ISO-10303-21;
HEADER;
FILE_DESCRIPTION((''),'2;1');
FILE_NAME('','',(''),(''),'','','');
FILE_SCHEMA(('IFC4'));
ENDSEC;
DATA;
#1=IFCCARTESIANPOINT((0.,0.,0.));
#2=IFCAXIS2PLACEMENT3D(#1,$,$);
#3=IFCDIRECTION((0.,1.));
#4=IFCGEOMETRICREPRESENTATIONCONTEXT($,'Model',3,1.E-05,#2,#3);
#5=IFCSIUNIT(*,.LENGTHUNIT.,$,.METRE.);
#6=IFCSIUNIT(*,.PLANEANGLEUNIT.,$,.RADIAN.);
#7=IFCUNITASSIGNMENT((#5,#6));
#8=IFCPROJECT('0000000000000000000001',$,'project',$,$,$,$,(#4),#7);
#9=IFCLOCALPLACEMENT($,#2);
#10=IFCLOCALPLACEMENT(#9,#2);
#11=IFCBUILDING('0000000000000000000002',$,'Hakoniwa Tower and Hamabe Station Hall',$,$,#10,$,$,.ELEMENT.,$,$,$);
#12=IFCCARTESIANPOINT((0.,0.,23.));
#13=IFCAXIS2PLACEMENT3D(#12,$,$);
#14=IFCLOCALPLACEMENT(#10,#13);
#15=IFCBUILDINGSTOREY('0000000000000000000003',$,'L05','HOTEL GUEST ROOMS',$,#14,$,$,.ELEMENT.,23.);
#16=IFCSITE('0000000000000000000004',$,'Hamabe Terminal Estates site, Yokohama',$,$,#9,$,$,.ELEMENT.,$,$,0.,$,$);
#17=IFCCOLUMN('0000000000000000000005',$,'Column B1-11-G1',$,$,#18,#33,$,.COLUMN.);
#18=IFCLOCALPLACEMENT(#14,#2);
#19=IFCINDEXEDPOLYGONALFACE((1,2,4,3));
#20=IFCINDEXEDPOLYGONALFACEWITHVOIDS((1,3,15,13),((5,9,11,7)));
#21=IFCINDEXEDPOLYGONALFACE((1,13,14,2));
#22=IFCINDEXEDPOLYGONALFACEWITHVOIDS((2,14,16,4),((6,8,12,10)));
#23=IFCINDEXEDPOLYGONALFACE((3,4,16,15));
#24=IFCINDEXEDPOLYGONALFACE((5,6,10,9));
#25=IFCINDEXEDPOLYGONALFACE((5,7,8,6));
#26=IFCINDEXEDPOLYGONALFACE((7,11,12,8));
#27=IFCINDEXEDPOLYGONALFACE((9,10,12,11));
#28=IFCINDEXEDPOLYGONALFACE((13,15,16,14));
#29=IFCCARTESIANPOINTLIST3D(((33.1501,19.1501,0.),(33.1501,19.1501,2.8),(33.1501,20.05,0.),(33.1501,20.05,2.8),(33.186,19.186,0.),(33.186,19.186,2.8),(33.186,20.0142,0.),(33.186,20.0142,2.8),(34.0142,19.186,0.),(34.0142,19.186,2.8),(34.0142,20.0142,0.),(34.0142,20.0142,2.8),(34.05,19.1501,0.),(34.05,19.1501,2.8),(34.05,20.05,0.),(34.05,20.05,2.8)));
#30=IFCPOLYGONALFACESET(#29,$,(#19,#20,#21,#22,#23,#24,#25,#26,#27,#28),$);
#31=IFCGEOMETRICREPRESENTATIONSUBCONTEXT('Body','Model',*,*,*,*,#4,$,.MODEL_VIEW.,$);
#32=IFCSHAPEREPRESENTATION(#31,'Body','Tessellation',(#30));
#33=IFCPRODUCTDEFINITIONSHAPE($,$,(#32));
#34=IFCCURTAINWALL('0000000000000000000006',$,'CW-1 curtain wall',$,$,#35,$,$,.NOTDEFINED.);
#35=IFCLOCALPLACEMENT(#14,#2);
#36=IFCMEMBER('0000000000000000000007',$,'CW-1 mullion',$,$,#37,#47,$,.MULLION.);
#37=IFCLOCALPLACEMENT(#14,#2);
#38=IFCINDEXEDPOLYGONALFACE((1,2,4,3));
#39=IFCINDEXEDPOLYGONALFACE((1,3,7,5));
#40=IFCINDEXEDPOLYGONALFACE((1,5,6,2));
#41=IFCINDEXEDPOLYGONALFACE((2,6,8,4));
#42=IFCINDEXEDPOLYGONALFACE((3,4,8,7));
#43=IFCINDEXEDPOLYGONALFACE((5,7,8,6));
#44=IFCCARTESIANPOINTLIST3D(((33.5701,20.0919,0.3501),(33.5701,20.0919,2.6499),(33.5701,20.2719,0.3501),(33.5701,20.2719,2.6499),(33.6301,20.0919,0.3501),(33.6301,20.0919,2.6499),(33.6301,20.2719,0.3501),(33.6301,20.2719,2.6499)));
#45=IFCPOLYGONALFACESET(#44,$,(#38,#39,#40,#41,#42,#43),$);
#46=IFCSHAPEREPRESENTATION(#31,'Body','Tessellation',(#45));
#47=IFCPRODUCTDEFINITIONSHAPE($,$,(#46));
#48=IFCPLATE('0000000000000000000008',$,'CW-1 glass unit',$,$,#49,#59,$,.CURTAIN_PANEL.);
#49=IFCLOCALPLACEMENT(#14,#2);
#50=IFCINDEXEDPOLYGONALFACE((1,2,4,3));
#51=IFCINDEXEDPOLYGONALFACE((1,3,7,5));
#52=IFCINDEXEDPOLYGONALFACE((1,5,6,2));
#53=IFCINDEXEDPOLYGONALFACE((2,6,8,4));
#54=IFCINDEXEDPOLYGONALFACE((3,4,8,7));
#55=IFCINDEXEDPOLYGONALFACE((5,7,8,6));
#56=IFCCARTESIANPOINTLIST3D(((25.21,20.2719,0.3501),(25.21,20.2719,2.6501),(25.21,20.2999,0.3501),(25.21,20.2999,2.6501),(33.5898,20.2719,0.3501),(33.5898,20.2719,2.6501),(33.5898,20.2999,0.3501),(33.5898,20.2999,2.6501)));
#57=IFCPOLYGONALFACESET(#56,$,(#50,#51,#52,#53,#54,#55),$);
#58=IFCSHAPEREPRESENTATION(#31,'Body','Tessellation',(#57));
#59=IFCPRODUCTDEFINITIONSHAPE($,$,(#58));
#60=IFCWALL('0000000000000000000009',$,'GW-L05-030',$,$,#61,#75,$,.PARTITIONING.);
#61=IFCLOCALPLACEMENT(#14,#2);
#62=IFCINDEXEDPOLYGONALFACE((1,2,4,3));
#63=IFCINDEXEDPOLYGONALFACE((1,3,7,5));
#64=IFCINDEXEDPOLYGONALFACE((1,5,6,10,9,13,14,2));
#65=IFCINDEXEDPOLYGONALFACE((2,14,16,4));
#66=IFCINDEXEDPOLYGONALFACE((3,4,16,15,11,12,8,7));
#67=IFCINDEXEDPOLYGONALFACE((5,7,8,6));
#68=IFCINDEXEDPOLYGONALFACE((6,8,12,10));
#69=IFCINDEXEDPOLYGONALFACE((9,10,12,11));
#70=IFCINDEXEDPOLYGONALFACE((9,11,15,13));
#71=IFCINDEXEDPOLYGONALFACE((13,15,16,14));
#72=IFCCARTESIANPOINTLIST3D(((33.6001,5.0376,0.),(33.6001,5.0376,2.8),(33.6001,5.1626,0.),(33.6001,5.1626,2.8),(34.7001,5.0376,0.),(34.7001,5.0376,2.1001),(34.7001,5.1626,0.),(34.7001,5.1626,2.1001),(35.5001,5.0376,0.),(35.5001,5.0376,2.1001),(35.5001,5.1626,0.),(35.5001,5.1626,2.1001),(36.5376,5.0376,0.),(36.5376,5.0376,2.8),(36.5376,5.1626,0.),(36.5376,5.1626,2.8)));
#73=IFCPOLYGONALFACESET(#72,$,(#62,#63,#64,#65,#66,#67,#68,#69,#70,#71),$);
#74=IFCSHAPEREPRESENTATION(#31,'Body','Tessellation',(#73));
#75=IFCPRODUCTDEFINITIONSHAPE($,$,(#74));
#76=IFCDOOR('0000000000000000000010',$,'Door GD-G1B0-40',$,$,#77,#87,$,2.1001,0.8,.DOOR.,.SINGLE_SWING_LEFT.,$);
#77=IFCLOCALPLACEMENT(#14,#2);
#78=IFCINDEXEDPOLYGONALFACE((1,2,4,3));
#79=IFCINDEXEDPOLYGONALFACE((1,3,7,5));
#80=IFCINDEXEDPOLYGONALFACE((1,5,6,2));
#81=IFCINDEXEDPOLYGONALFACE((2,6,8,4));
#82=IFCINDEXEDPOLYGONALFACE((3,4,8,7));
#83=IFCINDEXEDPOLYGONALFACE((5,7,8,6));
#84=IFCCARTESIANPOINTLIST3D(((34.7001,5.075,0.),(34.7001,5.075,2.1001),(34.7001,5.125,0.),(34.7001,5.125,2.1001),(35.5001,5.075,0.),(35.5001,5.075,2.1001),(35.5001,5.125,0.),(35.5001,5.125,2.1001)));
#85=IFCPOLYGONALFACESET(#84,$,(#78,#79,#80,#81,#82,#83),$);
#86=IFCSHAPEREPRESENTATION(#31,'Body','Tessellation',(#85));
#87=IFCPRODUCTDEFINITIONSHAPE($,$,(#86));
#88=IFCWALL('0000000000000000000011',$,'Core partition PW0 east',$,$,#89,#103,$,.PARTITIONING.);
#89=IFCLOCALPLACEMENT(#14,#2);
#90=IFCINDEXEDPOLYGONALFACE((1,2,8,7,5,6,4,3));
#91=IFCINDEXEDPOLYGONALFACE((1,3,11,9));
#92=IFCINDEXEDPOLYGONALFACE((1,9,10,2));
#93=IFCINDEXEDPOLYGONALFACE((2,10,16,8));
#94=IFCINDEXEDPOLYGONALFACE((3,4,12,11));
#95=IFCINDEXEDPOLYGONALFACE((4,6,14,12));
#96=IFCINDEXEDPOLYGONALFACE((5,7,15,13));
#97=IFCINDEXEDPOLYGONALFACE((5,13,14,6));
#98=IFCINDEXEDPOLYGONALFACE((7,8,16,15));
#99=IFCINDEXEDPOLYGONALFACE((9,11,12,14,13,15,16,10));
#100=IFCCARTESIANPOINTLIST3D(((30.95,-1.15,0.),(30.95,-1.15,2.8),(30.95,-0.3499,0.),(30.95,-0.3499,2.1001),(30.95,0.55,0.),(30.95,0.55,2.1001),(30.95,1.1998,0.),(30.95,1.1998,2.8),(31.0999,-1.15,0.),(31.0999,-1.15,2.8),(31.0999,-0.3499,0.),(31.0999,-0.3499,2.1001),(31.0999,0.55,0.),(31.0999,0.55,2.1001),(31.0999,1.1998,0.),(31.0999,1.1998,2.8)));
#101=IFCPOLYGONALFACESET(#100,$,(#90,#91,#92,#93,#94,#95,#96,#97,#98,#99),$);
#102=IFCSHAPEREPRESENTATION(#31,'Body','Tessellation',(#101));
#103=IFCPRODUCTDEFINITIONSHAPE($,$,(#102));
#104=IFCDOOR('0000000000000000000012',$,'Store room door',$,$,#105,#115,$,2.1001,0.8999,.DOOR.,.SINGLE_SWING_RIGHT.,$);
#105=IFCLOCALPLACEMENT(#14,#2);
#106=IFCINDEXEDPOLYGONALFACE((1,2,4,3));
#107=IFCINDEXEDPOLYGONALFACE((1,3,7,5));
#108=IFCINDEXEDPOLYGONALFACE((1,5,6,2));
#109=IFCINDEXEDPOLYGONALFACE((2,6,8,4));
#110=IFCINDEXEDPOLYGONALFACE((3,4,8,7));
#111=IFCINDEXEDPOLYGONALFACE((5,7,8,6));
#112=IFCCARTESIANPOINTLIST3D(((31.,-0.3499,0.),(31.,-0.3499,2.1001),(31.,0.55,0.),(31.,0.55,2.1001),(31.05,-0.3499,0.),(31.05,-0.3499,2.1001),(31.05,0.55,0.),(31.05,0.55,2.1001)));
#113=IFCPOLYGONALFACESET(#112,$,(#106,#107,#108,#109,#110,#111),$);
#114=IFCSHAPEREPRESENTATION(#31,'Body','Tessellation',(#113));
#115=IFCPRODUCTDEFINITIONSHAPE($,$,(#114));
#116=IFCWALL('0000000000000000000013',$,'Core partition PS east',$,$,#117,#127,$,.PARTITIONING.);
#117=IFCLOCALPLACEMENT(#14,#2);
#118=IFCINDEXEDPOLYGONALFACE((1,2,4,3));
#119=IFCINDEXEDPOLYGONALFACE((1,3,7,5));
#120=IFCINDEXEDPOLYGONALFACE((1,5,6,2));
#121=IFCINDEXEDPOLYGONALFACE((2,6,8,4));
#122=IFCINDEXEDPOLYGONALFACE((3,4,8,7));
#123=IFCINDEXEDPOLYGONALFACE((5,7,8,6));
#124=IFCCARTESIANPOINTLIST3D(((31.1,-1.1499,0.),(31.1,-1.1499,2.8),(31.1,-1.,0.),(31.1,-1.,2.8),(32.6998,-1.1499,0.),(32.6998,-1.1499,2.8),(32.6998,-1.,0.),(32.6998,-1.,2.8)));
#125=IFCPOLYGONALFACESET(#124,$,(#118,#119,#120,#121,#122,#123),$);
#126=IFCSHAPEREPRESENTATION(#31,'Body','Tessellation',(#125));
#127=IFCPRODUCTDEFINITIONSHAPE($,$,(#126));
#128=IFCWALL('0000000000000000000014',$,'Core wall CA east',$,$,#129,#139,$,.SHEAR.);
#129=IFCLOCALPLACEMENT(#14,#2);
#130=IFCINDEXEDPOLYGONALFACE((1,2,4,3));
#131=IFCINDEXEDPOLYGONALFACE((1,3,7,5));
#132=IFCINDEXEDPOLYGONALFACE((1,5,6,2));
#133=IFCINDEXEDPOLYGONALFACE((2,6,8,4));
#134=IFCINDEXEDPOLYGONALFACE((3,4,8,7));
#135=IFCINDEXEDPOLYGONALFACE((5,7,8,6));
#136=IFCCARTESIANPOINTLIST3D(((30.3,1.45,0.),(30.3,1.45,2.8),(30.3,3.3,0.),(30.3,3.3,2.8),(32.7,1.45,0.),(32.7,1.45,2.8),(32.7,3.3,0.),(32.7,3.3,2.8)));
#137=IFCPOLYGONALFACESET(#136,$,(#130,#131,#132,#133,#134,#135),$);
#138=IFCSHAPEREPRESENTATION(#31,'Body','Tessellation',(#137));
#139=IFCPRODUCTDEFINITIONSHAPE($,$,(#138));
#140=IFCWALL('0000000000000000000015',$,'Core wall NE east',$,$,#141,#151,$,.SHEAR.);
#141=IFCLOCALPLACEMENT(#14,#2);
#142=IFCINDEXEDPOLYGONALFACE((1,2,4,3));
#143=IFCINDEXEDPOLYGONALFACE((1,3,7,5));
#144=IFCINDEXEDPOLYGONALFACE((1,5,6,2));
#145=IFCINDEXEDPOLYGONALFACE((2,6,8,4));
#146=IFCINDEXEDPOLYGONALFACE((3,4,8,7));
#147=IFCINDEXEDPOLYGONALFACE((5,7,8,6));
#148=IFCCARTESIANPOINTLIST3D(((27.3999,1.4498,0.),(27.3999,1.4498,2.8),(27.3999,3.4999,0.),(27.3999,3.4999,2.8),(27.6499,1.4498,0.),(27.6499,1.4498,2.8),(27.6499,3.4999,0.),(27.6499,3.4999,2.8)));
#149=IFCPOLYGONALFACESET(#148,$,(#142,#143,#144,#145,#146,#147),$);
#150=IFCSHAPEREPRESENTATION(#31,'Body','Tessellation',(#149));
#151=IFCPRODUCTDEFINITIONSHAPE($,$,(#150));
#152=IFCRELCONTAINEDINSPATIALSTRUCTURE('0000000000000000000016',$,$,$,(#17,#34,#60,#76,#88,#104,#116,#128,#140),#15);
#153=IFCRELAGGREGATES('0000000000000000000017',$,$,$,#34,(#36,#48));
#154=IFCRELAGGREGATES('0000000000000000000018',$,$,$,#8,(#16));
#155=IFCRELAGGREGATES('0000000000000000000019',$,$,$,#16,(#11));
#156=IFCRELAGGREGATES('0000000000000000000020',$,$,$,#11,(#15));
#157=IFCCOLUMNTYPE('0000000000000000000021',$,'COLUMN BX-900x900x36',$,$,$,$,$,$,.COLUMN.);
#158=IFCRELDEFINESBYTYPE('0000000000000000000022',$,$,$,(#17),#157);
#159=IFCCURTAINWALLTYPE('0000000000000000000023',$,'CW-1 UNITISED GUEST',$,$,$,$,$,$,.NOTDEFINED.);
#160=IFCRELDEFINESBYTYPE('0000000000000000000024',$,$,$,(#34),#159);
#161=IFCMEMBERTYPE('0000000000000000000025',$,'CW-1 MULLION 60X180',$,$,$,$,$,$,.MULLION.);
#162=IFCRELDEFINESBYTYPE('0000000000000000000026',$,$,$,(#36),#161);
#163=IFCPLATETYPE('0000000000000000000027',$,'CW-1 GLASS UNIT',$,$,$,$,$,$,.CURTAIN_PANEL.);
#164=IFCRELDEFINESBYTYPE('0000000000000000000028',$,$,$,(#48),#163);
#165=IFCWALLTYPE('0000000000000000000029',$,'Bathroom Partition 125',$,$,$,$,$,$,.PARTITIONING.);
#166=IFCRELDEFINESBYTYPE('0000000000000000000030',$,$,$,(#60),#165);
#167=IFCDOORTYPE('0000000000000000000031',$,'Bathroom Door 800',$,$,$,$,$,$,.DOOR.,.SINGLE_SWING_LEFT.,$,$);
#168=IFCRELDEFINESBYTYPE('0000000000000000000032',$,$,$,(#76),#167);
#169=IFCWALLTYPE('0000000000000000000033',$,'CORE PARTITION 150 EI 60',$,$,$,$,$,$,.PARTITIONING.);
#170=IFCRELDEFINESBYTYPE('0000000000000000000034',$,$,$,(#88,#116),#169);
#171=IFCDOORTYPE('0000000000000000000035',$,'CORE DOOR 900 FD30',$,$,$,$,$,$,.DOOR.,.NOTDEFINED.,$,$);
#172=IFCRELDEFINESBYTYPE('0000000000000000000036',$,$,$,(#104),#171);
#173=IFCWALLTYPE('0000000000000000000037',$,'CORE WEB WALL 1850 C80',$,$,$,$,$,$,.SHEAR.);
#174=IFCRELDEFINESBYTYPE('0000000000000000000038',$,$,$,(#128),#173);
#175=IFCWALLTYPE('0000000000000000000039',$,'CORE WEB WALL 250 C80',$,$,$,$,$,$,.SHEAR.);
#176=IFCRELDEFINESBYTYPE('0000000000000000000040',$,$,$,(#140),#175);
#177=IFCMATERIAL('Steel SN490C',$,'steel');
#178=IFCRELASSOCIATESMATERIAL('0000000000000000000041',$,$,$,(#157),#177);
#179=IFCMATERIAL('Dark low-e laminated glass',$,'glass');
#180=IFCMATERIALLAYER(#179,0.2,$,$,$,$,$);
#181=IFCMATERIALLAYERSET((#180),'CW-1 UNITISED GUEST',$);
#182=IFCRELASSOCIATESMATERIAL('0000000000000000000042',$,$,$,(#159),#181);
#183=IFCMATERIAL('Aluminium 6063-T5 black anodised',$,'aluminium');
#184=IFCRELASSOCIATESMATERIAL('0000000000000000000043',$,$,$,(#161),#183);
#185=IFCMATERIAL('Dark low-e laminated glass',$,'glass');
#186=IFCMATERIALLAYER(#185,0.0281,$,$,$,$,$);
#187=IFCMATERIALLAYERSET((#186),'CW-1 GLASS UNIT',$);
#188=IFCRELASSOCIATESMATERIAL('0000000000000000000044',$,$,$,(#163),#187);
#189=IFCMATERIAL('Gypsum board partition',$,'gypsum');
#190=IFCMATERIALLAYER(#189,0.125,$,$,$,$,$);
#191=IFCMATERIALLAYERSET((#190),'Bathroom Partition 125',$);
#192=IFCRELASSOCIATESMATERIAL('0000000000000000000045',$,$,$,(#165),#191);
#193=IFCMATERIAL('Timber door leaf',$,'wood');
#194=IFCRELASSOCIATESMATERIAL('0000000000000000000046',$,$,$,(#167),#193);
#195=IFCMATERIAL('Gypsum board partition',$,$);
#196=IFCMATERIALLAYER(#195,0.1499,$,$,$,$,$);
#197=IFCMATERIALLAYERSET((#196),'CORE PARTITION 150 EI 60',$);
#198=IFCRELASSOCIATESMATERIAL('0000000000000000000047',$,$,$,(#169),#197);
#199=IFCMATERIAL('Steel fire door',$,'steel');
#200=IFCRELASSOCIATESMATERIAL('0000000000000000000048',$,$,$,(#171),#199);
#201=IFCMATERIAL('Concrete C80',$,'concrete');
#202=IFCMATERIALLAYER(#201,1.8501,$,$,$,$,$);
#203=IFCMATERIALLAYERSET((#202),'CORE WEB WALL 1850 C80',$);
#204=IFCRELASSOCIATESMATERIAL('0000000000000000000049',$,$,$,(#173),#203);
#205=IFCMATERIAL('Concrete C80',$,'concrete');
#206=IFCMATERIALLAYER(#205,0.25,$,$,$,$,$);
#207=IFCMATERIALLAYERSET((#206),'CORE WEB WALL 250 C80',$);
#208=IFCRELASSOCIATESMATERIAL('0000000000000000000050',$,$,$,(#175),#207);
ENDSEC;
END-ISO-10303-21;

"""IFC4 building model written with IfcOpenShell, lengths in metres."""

from ifc_helpers import new_model, si_unit, direction, frame, frame_2d, origin, origin_2d, place, context, subcontext, project, spatial, rectangle, hollow_rectangle, extrude, material, layer, layer_set, material_profile, profile_set, type_object, element, fill, aggregate, save


model = new_model("IFC4")

# Units and contexts
model_context = context("Model", 3, precision=1e-05, world=origin(), true_north=direction((0.0, 1.0)))
body_context = subcontext(model_context, "Body", "Model", "MODEL_VIEW")
ifc_project = project(units=[si_unit("LENGTHUNIT", "METRE"), si_unit("PLANEANGLEUNIT", "RADIAN")], contexts=[model_context])

# Site, building, storey
site_placement = place(None, origin())
site = spatial("IfcSite", under=ifc_project, at=site_placement, Name="Hamabe Terminal Estates site, Yokohama", CompositionType="ELEMENT", RefElevation=0.0)
building_placement = place(site_placement, origin())
building = spatial("IfcBuilding", under=site, at=building_placement, Name="Hakoniwa Tower and Hamabe Station Hall", CompositionType="ELEMENT")
storey_placement = place(building_placement, frame((0.0, 0.0, 23.0)))
storey = spatial("IfcBuildingStorey", under=building, at=storey_placement, Name="L05", Description="HOTEL GUEST ROOMS", CompositionType="ELEMENT", Elevation=23.0)

# Column
ifc_material_1 = material(Name="Steel SN490C", Category="steel")
ifc_material_profile_1 = material_profile(ifc_material_1, hollow_rectangle(XDim=0.8999, YDim=0.8999, WallThickness=0.0359, at=origin_2d()), Name="BX-900x900x36")
ifc_profile_set_1 = profile_set([ifc_material_profile_1], Name="Steel SN490C")
column_type = type_object("IfcColumnType", Name="COLUMN BX-900x900x36", PredefinedType="COLUMN", material=ifc_profile_set_1)
column_placement = place(storey_placement, frame((33.6001, 19.6001, 0.0), z_axis=(0.0, 0.0, 1.0), x_axis=(1.0, 0.0, 0.0)))
element("IfcColumn", 1, at=column_placement, inside=storey, type_object=column_type, Name="Column B1-11-G1", PredefinedType="COLUMN", context=body_context, shape_type="SweptSolid", body=[
    extrude(hollow_rectangle(XDim=0.8999, YDim=0.8999, WallThickness=0.0359, at=origin_2d()), origin(), (0.0, 0.0, 1.0), 2.8),
])

# Curtain wall, member, plate
ifc_material_2 = material(Name="Dark low-e laminated glass", Category="glass")
ifc_layer_1 = layer(ifc_material_2, 0.2)
ifc_layer_set_1 = layer_set([ifc_layer_1], Name="CW-1 UNITISED GUEST")
curtain_wall_type = type_object("IfcCurtainWallType", Name="CW-1 UNITISED GUEST", PredefinedType="NOTDEFINED", material=ifc_layer_set_1)
curtain_wall_placement = place(storey_placement, origin())
curtain_wall = element("IfcCurtainWall", 2, at=curtain_wall_placement, inside=storey, type_object=curtain_wall_type, Name="CW-1 curtain wall", PredefinedType="NOTDEFINED")
ifc_material_3 = material(Name="Aluminium 6063-T5 black anodised", Category="aluminium")
ifc_material_profile_2 = material_profile(ifc_material_3, rectangle(XDim=0.0601, YDim=0.1799, at=origin_2d()), Name="CW-1 MULLION 60X180")
ifc_profile_set_2 = profile_set([ifc_material_profile_2], Name="Aluminium 6063-T5 black anodised")
member_type = type_object("IfcMemberType", Name="CW-1 MULLION 60X180", PredefinedType="MULLION", material=ifc_profile_set_2)
member_placement = place(storey_placement, frame((33.6001, 20.1819, 0.3501), z_axis=(0.0, 0.0, 1.0), x_axis=(-1.0, 0.0, 0.0)))
member = element("IfcMember", 3, at=member_placement, type_object=member_type, Name="CW-1 mullion", PredefinedType="MULLION", context=body_context, shape_type="SweptSolid", body=[
    extrude(rectangle(XDim=0.0601, YDim=0.1799, at=origin_2d()), origin(), (0.0, 0.0, 1.0), 2.2998),
])
ifc_material_4 = material(Name="Dark low-e laminated glass", Category="glass")
ifc_layer_2 = layer(ifc_material_4, 0.0281)
ifc_layer_set_2 = layer_set([ifc_layer_2], Name="CW-1 GLASS UNIT")
plate_type = type_object("IfcPlateType", Name="CW-1 GLASS UNIT", PredefinedType="CURTAIN_PANEL", material=ifc_layer_set_2)
plate_placement = place(storey_placement, frame((29.3999, 20.2859, 0.3501), z_axis=(0.0, 0.0, 1.0), x_axis=(-1.0, 0.0, 0.0)))
plate = element("IfcPlate", 4, at=plate_placement, type_object=plate_type, Name="CW-1 glass unit", PredefinedType="CURTAIN_PANEL", context=body_context, shape_type="SweptSolid", body=[
    extrude(rectangle(XDim=8.3799, YDim=0.0281, at=origin_2d()), origin(), (0.0, 0.0, 1.0), 2.3),
])
aggregate(curtain_wall, [member, plate])

# Walls, openings, doors
ifc_material_5 = material(Name="Gypsum board partition", Category="gypsum")
ifc_layer_3 = layer(ifc_material_5, 0.125)
ifc_layer_set_3 = layer_set([ifc_layer_3], Name="Bathroom Partition 125")
wall_type_1 = type_object("IfcWallType", Name="Bathroom Partition 125", PredefinedType="PARTITIONING", material=ifc_layer_set_3)
wall_1_placement = place(storey_placement, frame((33.6001, 5.1001, 0.0), z_axis=(0.0, 0.0, 1.0), x_axis=(1.0, 0.0, 0.0)))
wall_1 = element("IfcWall", 5, at=wall_1_placement, inside=storey, type_object=wall_type_1, Name="GW-L05-030", PredefinedType="PARTITIONING", context=body_context, shape_type="SweptSolid", body=[
    extrude(rectangle(XDim=2.9375, YDim=0.125, at=frame_2d((1.4688, 0.0))), origin(), (0.0, 0.0, 1.0), 2.8),
])
opening_1_placement = place(wall_1_placement, frame((1.1001, 0.0, 0.0)))
opening_1 = element("IfcOpeningElement", 6, at=opening_1_placement, cuts=wall_1, PredefinedType="OPENING", context=body_context, shape_type="SweptSolid", body=[
    extrude(rectangle(XDim=0.8, YDim=2.1001, at=frame_2d((0.3999, 1.05))), frame((0.0, 0.0725, 0.0), z_axis=(0.0, -1.0, 0.0), x_axis=(1.0, 0.0, 0.0)), (0.0, 0.0, 1.0), 0.145),
])
ifc_material_6 = material(Name="Timber door leaf", Category="wood")
door_type_1 = type_object("IfcDoorType", Name="Bathroom Door 800", OperationType="SINGLE_SWING_LEFT", PredefinedType="DOOR", material=ifc_material_6)
door_1_placement = place(opening_1_placement, origin())
door_1 = element("IfcDoor", 7, at=door_1_placement, inside=storey, type_object=door_type_1, Name="Door GD-G1B0-40", OperationType="SINGLE_SWING_LEFT", OverallHeight=2.1001, OverallWidth=0.8, PredefinedType="DOOR", context=body_context, shape_type="SweptSolid", body=[
    extrude(rectangle(XDim=0.8, YDim=2.1001, at=frame_2d((0.3999, 1.05))), frame((0.0, 0.0249, 0.0), z_axis=(0.0, -1.0, 0.0), x_axis=(1.0, 0.0, 0.0)), (0.0, 0.0, 1.0), 0.05),
])
fill(opening_1, door_1)
ifc_material_7 = material(Name="Gypsum board partition")
ifc_layer_4 = layer(ifc_material_7, 0.1499)
ifc_layer_set_4 = layer_set([ifc_layer_4], Name="CORE PARTITION 150 EI 60")
wall_type_2 = type_object("IfcWallType", Name="CORE PARTITION 150 EI 60", PredefinedType="PARTITIONING", material=ifc_layer_set_4)
wall_2_placement = place(storey_placement, frame((31.0249, -1.1499, 0.0), z_axis=(0.0, 0.0, 1.0), x_axis=(0.0, 1.0, 0.0)))
wall_2 = element("IfcWall", 8, at=wall_2_placement, inside=storey, type_object=wall_type_2, Name="Core partition PW0 east", PredefinedType="PARTITIONING", context=body_context, shape_type="SweptSolid", body=[
    extrude(rectangle(XDim=2.3499, YDim=0.1499, at=frame_2d((1.1748, 0.0))), origin(), (0.0, 0.0, 1.0), 2.8),
])
opening_2_placement = place(wall_2_placement, frame((0.8, 0.0, 0.0)))
opening_2 = element("IfcOpeningElement", 9, at=opening_2_placement, cuts=wall_2, PredefinedType="OPENING", context=body_context, shape_type="SweptSolid", body=[
    extrude(rectangle(XDim=0.8999, YDim=2.1001, at=frame_2d((0.45, 1.05))), frame((0.0, 0.085, 0.0), z_axis=(0.0, -1.0, 0.0), x_axis=(1.0, 0.0, 0.0)), (0.0, 0.0, 1.0), 0.1699),
])
ifc_material_8 = material(Name="Steel fire door", Category="steel")
door_type_2 = type_object("IfcDoorType", Name="CORE DOOR 900 FD30", OperationType="NOTDEFINED", PredefinedType="DOOR", material=ifc_material_8)
door_2_placement = place(opening_2_placement, origin())
door_2 = element("IfcDoor", 10, at=door_2_placement, inside=storey, type_object=door_type_2, Name="Store room door", OperationType="SINGLE_SWING_RIGHT", OverallHeight=2.1001, OverallWidth=0.8999, PredefinedType="DOOR", context=body_context, shape_type="SweptSolid", body=[
    extrude(rectangle(XDim=0.8999, YDim=2.1001, at=frame_2d((0.45, 1.05))), frame((0.0, 0.0249, 0.0), z_axis=(0.0, -1.0, 0.0), x_axis=(1.0, 0.0, 0.0)), (0.0, 0.0, 1.0), 0.05),
])
fill(opening_2, door_2)

# Walls
wall_3_placement = place(storey_placement, frame((31.1001, -1.075, 0.0), z_axis=(0.0, 0.0, 1.0), x_axis=(1.0, 0.0, 0.0)))
element("IfcWall", 11, at=wall_3_placement, inside=storey, type_object=wall_type_2, Name="Core partition PS east", PredefinedType="PARTITIONING", context=body_context, shape_type="SweptSolid", body=[
    extrude(rectangle(XDim=1.5999, YDim=0.1499, at=frame_2d((0.7998, 0.0))), origin(), (0.0, 0.0, 1.0), 2.8),
])
ifc_material_9 = material(Name="Concrete C80", Category="concrete")
ifc_layer_5 = layer(ifc_material_9, 1.8501)
ifc_layer_set_5 = layer_set([ifc_layer_5], Name="CORE WEB WALL 1850 C80")
wall_type_3 = type_object("IfcWallType", Name="CORE WEB WALL 1850 C80", PredefinedType="SHEAR", material=ifc_layer_set_5)
wall_4_placement = place(storey_placement, frame((30.3, 2.375, 0.0), z_axis=(0.0, 0.0, 1.0), x_axis=(1.0, 0.0, 0.0)))
element("IfcWall", 12, at=wall_4_placement, inside=storey, type_object=wall_type_3, Name="Core wall CA east", PredefinedType="SHEAR", context=body_context, shape_type="SweptSolid", body=[
    extrude(rectangle(XDim=2.3999, YDim=1.8501, at=frame_2d((1.2, 0.0))), origin(), (0.0, 0.0, 1.0), 2.8),
])
ifc_material_10 = material(Name="Concrete C80", Category="concrete")
ifc_layer_6 = layer(ifc_material_10, 0.25)
ifc_layer_set_6 = layer_set([ifc_layer_6], Name="CORE WEB WALL 250 C80")
wall_type_4 = type_object("IfcWallType", Name="CORE WEB WALL 250 C80", PredefinedType="SHEAR", material=ifc_layer_set_6)
wall_5_placement = place(storey_placement, frame((27.5249, 1.45, 0.0), z_axis=(0.0, 0.0, 1.0), x_axis=(0.0, 1.0, 0.0)))
element("IfcWall", 13, at=wall_5_placement, inside=storey, type_object=wall_type_4, Name="Core wall NE east", PredefinedType="SHEAR", context=body_context, shape_type="SweptSolid", body=[
    extrude(rectangle(XDim=2.05, YDim=0.25, at=frame_2d((1.0249, 0.0))), origin(), (0.0, 0.0, 1.0), 2.8),
])

save(model, "model.ifc")
